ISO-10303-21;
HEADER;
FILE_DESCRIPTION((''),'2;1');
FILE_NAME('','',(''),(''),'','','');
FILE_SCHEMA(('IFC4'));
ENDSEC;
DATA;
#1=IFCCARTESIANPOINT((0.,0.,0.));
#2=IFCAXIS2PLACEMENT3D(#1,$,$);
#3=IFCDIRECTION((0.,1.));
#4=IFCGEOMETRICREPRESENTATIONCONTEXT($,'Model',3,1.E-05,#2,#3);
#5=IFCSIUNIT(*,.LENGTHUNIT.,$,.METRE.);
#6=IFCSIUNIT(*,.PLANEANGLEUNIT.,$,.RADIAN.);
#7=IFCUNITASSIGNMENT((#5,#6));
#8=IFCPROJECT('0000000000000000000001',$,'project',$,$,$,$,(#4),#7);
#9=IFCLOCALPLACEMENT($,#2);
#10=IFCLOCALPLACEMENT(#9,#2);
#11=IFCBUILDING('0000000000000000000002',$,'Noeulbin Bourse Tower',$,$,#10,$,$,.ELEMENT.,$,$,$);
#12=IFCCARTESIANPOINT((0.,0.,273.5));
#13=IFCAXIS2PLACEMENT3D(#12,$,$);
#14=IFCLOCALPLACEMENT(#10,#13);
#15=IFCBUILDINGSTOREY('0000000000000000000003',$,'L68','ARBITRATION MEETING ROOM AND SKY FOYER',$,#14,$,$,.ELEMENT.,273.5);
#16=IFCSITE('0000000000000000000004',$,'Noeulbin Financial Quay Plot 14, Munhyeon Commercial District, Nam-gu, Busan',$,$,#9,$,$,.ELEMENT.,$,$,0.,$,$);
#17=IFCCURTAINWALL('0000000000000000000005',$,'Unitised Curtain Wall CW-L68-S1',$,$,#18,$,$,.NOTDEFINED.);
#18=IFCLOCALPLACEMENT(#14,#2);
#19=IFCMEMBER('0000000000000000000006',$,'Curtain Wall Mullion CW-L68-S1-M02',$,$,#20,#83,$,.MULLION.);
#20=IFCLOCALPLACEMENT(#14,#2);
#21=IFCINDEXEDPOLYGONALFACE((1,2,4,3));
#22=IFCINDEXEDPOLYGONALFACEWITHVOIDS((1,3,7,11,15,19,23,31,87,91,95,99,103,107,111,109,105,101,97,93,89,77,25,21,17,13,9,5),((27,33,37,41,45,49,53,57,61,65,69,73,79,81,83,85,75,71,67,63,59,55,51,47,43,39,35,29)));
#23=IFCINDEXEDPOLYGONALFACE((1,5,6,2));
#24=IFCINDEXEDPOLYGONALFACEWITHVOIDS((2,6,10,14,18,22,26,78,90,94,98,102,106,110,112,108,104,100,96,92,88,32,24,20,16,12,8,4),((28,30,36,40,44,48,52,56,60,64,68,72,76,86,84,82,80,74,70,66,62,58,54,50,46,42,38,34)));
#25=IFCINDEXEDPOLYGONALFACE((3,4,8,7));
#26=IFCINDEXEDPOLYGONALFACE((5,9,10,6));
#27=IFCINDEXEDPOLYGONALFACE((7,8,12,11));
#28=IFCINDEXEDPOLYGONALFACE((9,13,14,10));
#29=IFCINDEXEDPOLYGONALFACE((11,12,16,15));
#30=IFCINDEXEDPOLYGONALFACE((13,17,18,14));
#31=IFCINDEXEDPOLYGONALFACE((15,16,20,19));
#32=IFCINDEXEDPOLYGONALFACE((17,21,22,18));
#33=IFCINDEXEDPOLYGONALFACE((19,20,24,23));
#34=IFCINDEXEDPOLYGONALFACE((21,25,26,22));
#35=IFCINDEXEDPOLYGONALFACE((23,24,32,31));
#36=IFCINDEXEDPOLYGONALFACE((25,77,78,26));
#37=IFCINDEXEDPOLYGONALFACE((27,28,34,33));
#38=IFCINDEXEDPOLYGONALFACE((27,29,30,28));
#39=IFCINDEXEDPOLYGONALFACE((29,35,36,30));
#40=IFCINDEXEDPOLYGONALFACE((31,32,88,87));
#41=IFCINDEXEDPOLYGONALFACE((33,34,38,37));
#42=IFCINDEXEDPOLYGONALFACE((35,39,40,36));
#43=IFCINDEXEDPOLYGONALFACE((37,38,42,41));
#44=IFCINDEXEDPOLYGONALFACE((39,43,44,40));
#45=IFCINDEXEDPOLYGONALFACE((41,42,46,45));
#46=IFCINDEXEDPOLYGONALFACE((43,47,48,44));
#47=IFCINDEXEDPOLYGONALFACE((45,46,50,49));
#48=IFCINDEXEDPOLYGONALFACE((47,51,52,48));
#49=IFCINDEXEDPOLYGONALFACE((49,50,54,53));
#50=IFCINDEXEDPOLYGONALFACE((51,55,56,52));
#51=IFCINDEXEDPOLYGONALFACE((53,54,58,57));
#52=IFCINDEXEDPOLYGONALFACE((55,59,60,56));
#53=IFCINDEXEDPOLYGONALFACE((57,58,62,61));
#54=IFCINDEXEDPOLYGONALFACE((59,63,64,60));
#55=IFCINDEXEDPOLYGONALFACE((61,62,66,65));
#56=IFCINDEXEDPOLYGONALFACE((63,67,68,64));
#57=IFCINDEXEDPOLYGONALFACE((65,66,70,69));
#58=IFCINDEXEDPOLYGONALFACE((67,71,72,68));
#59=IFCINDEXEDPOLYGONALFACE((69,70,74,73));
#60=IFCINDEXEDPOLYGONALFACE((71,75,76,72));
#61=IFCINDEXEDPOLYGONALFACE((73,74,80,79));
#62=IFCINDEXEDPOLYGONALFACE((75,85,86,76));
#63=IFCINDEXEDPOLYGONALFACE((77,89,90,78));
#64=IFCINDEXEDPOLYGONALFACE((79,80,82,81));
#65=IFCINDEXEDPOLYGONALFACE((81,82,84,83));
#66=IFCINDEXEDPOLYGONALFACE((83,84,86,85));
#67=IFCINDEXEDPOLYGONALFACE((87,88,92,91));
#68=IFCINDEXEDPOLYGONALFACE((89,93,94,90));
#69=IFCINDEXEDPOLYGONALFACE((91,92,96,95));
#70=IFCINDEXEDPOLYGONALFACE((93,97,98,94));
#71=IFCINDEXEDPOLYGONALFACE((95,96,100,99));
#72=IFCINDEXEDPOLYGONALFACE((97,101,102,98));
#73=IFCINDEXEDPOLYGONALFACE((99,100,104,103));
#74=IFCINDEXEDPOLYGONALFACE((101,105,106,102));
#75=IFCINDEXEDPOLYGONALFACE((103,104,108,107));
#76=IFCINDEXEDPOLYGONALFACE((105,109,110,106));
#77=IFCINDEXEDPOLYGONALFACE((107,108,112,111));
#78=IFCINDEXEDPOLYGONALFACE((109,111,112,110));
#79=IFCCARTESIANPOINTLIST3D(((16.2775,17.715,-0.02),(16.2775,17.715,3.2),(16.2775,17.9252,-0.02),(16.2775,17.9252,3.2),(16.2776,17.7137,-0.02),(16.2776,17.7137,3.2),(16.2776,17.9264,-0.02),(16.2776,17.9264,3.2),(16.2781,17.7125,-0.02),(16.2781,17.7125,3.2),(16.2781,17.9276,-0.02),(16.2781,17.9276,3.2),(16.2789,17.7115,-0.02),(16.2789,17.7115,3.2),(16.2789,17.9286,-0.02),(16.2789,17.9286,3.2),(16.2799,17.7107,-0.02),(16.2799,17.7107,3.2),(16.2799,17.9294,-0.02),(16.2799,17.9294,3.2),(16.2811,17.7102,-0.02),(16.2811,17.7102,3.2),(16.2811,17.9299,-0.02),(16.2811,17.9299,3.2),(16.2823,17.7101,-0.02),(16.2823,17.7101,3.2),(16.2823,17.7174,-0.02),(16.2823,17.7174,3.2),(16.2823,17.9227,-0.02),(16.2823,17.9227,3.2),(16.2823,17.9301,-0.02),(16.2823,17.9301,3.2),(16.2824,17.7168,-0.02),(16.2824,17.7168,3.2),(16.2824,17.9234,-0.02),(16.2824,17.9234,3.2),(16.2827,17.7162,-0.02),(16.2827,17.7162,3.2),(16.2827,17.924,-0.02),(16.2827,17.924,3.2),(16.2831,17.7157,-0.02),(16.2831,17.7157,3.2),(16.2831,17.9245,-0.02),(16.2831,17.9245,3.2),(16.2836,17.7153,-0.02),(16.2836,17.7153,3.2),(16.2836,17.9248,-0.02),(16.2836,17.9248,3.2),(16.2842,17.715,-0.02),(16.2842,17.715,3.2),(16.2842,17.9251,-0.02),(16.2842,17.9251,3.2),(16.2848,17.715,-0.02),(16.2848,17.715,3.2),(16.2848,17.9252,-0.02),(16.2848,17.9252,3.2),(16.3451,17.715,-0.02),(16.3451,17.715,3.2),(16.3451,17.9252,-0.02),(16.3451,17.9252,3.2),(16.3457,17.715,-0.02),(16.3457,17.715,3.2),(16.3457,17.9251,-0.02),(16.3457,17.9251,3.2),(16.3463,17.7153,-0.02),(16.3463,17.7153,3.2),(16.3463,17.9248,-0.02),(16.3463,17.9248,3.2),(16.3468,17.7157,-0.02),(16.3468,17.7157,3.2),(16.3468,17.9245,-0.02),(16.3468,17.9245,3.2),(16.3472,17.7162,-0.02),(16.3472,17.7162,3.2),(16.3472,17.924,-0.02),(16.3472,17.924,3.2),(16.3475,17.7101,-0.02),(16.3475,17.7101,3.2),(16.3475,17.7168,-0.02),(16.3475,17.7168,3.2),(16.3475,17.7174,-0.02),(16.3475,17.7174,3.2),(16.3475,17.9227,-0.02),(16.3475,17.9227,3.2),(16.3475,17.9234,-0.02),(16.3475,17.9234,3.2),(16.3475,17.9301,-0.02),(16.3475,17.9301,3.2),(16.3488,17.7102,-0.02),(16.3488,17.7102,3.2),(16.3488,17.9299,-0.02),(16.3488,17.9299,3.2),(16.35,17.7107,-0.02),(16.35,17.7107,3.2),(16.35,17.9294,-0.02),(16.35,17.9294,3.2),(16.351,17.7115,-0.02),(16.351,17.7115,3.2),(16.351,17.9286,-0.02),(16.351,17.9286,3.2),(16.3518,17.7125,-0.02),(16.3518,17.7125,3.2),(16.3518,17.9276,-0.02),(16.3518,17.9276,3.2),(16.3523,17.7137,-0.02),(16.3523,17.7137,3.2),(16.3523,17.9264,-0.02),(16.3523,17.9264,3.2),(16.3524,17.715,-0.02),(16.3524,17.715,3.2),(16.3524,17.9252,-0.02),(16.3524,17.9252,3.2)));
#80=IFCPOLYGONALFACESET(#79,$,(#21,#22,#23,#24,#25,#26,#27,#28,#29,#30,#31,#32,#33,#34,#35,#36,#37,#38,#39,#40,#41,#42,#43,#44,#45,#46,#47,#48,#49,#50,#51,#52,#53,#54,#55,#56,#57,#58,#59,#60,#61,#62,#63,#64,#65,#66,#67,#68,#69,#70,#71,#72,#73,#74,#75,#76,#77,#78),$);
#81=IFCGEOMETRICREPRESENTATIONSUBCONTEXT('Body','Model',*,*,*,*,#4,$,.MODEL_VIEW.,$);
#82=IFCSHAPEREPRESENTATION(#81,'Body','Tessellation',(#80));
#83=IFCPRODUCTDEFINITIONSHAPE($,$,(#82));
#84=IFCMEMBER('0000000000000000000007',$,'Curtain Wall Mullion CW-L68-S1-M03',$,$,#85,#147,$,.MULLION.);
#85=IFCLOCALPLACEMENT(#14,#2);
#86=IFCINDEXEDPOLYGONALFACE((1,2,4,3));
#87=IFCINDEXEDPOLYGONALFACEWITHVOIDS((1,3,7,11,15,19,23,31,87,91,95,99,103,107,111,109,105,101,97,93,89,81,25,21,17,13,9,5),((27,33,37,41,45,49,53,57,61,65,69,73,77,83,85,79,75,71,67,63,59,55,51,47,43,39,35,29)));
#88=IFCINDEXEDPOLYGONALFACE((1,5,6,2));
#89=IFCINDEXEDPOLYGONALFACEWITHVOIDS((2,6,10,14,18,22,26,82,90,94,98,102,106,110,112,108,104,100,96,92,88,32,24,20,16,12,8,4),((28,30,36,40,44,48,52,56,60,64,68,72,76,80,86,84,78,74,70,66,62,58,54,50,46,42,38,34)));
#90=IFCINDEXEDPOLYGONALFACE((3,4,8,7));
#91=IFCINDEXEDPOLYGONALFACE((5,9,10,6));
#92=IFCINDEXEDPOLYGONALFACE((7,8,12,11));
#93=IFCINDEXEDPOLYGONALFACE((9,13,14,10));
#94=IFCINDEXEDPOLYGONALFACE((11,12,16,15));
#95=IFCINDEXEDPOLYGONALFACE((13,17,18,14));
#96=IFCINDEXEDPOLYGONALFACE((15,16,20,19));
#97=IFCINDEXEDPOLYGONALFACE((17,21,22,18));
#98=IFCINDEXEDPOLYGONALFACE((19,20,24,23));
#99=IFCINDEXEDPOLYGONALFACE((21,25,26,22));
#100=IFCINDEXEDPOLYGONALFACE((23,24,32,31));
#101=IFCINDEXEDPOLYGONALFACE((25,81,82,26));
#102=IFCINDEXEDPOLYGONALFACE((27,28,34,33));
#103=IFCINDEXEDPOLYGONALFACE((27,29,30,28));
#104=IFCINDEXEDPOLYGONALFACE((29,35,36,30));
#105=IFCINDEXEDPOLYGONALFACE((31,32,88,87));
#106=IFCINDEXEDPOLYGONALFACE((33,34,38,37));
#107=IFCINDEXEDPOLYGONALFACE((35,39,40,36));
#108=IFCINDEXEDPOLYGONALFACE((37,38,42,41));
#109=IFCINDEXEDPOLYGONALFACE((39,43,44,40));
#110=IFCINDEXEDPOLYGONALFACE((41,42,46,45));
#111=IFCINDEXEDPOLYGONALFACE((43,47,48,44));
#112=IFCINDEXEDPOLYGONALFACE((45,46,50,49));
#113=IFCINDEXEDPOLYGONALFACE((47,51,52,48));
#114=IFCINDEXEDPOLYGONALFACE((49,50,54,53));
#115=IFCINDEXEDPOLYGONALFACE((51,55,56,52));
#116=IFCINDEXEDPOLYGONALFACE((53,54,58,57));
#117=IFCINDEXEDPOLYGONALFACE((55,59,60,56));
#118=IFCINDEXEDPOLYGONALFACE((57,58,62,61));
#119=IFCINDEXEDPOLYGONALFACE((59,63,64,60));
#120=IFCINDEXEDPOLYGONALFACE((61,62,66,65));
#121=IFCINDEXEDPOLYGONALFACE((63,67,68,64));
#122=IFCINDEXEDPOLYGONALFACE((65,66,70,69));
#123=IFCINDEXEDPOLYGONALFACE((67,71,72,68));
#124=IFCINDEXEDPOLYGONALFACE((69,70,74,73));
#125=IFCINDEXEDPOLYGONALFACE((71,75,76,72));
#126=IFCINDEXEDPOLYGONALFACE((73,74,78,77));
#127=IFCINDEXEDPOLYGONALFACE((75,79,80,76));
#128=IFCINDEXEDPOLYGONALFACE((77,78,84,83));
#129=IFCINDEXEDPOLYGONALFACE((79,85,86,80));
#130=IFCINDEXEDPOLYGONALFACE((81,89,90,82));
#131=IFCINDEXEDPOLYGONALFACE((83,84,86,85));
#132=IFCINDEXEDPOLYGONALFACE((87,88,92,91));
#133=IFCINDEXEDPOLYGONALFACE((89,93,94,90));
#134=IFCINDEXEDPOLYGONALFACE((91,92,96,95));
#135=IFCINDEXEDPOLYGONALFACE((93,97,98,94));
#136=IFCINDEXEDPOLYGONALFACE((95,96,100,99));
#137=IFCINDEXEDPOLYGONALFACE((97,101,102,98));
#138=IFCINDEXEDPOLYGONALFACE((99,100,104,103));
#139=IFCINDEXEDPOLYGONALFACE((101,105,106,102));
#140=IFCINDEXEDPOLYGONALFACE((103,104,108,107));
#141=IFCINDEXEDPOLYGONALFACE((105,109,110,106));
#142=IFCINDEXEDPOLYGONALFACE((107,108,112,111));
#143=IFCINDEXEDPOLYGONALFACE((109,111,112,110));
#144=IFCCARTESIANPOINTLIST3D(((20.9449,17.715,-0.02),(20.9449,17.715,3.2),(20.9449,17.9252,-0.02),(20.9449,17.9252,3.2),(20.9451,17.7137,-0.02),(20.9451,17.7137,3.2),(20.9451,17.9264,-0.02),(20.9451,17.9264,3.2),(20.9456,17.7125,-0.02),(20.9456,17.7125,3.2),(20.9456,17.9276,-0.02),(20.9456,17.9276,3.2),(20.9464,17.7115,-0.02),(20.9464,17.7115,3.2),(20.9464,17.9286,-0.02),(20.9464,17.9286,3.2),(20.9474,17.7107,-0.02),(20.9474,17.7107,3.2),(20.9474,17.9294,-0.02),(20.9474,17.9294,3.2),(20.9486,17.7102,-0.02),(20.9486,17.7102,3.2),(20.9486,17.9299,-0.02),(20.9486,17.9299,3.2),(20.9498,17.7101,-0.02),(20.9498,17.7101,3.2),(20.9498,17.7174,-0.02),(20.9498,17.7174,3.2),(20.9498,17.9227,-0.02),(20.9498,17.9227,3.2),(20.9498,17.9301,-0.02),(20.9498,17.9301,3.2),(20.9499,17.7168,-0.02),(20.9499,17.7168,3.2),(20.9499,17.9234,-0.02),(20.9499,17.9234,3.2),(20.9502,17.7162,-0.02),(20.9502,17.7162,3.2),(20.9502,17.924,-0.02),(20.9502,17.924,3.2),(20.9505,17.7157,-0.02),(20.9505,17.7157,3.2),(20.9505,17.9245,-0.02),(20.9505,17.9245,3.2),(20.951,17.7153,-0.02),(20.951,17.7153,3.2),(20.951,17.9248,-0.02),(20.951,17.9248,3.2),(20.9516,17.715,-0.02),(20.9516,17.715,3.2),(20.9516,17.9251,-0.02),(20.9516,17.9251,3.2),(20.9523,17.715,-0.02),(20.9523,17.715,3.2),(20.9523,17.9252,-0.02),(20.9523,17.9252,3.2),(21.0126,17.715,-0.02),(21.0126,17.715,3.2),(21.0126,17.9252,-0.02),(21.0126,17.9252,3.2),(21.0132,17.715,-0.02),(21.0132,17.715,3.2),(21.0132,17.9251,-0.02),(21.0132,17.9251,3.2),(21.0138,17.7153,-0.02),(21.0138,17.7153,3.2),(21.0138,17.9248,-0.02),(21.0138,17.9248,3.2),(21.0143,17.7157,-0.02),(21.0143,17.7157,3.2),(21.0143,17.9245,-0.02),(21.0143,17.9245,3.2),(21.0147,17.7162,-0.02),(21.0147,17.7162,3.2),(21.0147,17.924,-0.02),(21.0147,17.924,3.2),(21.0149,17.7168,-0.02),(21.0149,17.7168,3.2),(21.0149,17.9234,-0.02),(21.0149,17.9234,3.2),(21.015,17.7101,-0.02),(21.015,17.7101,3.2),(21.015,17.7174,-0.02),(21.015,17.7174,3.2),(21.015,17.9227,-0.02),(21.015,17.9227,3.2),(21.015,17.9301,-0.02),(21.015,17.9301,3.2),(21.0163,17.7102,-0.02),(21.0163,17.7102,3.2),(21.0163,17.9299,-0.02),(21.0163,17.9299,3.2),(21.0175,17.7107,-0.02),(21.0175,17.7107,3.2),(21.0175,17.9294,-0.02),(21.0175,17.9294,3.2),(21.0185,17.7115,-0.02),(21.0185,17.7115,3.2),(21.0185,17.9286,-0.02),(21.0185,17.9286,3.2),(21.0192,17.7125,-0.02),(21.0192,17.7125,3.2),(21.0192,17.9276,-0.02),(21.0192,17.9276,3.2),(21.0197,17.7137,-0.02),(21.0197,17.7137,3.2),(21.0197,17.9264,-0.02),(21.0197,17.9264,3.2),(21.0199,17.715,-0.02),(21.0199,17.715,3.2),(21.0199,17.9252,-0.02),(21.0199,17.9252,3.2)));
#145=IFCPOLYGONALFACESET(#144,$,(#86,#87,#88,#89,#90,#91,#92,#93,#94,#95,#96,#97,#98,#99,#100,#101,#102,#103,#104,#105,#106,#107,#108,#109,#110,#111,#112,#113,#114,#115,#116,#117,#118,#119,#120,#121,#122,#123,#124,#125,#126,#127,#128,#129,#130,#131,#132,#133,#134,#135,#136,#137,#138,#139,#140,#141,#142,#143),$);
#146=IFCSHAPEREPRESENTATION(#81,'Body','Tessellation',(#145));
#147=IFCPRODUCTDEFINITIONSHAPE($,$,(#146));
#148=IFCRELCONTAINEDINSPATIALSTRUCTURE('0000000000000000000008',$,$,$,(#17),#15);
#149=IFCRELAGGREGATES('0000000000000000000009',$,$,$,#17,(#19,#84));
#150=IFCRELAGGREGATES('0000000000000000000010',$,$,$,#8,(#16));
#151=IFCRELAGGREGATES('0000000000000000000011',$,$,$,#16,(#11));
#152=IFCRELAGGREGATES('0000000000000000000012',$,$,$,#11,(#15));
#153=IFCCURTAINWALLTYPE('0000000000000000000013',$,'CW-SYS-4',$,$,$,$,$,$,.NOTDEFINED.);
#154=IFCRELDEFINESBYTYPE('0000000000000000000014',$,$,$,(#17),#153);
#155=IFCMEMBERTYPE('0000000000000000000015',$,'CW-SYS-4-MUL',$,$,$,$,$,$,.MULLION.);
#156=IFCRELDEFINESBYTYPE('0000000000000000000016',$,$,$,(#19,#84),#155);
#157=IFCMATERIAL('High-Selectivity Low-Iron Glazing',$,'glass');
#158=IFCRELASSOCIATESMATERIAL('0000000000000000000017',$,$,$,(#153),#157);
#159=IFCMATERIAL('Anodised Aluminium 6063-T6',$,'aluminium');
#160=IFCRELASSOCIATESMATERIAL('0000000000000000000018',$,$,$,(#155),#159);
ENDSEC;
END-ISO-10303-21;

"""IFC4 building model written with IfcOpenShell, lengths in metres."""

from ifc_helpers import new_model, si_unit, direction, frame, origin, origin_2d, place, context, subcontext, project, spatial, hollow_rectangle, extrude, material, material_profile, profile_set, type_object, element, aggregate, save


model = new_model("IFC4")

# Units and contexts
model_context = context("Model", 3, precision=1e-05, world=origin(), true_north=direction((0.0, 1.0)))
body_context = subcontext(model_context, "Body", "Model", "MODEL_VIEW")
ifc_project = project(units=[si_unit("LENGTHUNIT", "METRE"), si_unit("PLANEANGLEUNIT", "RADIAN")], contexts=[model_context])

# Site, building, storey
site_placement = place(None, origin())
site = spatial("IfcSite", under=ifc_project, at=site_placement, Name="Noeulbin Financial Quay Plot 14, Munhyeon Commercial District, Nam-gu, Busan", CompositionType="ELEMENT", RefElevation=0.0)
building_placement = place(site_placement, origin())
building = spatial("IfcBuilding", under=site, at=building_placement, Name="Noeulbin Bourse Tower", CompositionType="ELEMENT")
storey_placement = place(building_placement, frame((0.0, 0.0, 273.5)))
storey = spatial("IfcBuildingStorey", under=building, at=storey_placement, Name="L68", Description="ARBITRATION MEETING ROOM AND SKY FOYER", CompositionType="ELEMENT", Elevation=273.5)

# Curtain wall, members
ifc_material_1 = material(Name="High-Selectivity Low-Iron Glazing", Category="glass")
curtain_wall_type = type_object("IfcCurtainWallType", Name="CW-SYS-4", PredefinedType="NOTDEFINED", material=ifc_material_1)
curtain_wall_placement = place(storey_placement, origin())
curtain_wall = element("IfcCurtainWall", 1, at=curtain_wall_placement, inside=storey, type_object=curtain_wall_type, Name="Unitised Curtain Wall CW-L68-S1", PredefinedType="NOTDEFINED")
ifc_material_2 = material(Name="Anodised Aluminium 6063-T6", Category="aluminium")
ifc_material_profile_1 = material_profile(ifc_material_2, hollow_rectangle(XDim=0.075, YDim=0.22, WallThickness=0.0049, InnerFilletRadius=0.0024, OuterFilletRadius=0.0049, at=origin_2d()), Name="ALU-MULL-75x220x5", Category="LoadBearing")
ifc_profile_set_1 = profile_set([ifc_material_profile_1], Name="Anodised Aluminium 6063-T6")
member_type_1 = type_object("IfcMemberType", Name="CW-SYS-4-MUL", PredefinedType="MULLION", material=ifc_profile_set_1)
member_1_placement = place(storey_placement, frame((16.3149, 17.8201, -0.02), z_axis=(0.0, 0.0, 1.0), x_axis=(1.0, 0.0, 0.0)))
member_1 = element("IfcMember", 2, at=member_1_placement, type_object=member_type_1, Name="Curtain Wall Mullion CW-L68-S1-M02", PredefinedType="MULLION", context=body_context, shape_type="SweptSolid", body=[
    extrude(hollow_rectangle(XDim=0.075, YDim=0.22, WallThickness=0.0049, InnerFilletRadius=0.0024, OuterFilletRadius=0.0049, at=origin_2d()), origin(), (0.0, 0.0, 1.0), 3.22),
])
member_2_placement = place(storey_placement, frame((20.9824, 17.8201, -0.02), z_axis=(0.0, 0.0, 1.0), x_axis=(1.0, 0.0, 0.0)))
member_2 = element("IfcMember", 3, at=member_2_placement, type_object=member_type_1, Name="Curtain Wall Mullion CW-L68-S1-M03", PredefinedType="MULLION", context=body_context, shape_type="SweptSolid", body=[
    extrude(hollow_rectangle(XDim=0.075, YDim=0.22, WallThickness=0.0049, InnerFilletRadius=0.0024, OuterFilletRadius=0.0049, at=origin_2d()), origin(), (0.0, 0.0, 1.0), 3.22),
])
aggregate(curtain_wall, [member_1, member_2])

save(model, "model.ifc")
